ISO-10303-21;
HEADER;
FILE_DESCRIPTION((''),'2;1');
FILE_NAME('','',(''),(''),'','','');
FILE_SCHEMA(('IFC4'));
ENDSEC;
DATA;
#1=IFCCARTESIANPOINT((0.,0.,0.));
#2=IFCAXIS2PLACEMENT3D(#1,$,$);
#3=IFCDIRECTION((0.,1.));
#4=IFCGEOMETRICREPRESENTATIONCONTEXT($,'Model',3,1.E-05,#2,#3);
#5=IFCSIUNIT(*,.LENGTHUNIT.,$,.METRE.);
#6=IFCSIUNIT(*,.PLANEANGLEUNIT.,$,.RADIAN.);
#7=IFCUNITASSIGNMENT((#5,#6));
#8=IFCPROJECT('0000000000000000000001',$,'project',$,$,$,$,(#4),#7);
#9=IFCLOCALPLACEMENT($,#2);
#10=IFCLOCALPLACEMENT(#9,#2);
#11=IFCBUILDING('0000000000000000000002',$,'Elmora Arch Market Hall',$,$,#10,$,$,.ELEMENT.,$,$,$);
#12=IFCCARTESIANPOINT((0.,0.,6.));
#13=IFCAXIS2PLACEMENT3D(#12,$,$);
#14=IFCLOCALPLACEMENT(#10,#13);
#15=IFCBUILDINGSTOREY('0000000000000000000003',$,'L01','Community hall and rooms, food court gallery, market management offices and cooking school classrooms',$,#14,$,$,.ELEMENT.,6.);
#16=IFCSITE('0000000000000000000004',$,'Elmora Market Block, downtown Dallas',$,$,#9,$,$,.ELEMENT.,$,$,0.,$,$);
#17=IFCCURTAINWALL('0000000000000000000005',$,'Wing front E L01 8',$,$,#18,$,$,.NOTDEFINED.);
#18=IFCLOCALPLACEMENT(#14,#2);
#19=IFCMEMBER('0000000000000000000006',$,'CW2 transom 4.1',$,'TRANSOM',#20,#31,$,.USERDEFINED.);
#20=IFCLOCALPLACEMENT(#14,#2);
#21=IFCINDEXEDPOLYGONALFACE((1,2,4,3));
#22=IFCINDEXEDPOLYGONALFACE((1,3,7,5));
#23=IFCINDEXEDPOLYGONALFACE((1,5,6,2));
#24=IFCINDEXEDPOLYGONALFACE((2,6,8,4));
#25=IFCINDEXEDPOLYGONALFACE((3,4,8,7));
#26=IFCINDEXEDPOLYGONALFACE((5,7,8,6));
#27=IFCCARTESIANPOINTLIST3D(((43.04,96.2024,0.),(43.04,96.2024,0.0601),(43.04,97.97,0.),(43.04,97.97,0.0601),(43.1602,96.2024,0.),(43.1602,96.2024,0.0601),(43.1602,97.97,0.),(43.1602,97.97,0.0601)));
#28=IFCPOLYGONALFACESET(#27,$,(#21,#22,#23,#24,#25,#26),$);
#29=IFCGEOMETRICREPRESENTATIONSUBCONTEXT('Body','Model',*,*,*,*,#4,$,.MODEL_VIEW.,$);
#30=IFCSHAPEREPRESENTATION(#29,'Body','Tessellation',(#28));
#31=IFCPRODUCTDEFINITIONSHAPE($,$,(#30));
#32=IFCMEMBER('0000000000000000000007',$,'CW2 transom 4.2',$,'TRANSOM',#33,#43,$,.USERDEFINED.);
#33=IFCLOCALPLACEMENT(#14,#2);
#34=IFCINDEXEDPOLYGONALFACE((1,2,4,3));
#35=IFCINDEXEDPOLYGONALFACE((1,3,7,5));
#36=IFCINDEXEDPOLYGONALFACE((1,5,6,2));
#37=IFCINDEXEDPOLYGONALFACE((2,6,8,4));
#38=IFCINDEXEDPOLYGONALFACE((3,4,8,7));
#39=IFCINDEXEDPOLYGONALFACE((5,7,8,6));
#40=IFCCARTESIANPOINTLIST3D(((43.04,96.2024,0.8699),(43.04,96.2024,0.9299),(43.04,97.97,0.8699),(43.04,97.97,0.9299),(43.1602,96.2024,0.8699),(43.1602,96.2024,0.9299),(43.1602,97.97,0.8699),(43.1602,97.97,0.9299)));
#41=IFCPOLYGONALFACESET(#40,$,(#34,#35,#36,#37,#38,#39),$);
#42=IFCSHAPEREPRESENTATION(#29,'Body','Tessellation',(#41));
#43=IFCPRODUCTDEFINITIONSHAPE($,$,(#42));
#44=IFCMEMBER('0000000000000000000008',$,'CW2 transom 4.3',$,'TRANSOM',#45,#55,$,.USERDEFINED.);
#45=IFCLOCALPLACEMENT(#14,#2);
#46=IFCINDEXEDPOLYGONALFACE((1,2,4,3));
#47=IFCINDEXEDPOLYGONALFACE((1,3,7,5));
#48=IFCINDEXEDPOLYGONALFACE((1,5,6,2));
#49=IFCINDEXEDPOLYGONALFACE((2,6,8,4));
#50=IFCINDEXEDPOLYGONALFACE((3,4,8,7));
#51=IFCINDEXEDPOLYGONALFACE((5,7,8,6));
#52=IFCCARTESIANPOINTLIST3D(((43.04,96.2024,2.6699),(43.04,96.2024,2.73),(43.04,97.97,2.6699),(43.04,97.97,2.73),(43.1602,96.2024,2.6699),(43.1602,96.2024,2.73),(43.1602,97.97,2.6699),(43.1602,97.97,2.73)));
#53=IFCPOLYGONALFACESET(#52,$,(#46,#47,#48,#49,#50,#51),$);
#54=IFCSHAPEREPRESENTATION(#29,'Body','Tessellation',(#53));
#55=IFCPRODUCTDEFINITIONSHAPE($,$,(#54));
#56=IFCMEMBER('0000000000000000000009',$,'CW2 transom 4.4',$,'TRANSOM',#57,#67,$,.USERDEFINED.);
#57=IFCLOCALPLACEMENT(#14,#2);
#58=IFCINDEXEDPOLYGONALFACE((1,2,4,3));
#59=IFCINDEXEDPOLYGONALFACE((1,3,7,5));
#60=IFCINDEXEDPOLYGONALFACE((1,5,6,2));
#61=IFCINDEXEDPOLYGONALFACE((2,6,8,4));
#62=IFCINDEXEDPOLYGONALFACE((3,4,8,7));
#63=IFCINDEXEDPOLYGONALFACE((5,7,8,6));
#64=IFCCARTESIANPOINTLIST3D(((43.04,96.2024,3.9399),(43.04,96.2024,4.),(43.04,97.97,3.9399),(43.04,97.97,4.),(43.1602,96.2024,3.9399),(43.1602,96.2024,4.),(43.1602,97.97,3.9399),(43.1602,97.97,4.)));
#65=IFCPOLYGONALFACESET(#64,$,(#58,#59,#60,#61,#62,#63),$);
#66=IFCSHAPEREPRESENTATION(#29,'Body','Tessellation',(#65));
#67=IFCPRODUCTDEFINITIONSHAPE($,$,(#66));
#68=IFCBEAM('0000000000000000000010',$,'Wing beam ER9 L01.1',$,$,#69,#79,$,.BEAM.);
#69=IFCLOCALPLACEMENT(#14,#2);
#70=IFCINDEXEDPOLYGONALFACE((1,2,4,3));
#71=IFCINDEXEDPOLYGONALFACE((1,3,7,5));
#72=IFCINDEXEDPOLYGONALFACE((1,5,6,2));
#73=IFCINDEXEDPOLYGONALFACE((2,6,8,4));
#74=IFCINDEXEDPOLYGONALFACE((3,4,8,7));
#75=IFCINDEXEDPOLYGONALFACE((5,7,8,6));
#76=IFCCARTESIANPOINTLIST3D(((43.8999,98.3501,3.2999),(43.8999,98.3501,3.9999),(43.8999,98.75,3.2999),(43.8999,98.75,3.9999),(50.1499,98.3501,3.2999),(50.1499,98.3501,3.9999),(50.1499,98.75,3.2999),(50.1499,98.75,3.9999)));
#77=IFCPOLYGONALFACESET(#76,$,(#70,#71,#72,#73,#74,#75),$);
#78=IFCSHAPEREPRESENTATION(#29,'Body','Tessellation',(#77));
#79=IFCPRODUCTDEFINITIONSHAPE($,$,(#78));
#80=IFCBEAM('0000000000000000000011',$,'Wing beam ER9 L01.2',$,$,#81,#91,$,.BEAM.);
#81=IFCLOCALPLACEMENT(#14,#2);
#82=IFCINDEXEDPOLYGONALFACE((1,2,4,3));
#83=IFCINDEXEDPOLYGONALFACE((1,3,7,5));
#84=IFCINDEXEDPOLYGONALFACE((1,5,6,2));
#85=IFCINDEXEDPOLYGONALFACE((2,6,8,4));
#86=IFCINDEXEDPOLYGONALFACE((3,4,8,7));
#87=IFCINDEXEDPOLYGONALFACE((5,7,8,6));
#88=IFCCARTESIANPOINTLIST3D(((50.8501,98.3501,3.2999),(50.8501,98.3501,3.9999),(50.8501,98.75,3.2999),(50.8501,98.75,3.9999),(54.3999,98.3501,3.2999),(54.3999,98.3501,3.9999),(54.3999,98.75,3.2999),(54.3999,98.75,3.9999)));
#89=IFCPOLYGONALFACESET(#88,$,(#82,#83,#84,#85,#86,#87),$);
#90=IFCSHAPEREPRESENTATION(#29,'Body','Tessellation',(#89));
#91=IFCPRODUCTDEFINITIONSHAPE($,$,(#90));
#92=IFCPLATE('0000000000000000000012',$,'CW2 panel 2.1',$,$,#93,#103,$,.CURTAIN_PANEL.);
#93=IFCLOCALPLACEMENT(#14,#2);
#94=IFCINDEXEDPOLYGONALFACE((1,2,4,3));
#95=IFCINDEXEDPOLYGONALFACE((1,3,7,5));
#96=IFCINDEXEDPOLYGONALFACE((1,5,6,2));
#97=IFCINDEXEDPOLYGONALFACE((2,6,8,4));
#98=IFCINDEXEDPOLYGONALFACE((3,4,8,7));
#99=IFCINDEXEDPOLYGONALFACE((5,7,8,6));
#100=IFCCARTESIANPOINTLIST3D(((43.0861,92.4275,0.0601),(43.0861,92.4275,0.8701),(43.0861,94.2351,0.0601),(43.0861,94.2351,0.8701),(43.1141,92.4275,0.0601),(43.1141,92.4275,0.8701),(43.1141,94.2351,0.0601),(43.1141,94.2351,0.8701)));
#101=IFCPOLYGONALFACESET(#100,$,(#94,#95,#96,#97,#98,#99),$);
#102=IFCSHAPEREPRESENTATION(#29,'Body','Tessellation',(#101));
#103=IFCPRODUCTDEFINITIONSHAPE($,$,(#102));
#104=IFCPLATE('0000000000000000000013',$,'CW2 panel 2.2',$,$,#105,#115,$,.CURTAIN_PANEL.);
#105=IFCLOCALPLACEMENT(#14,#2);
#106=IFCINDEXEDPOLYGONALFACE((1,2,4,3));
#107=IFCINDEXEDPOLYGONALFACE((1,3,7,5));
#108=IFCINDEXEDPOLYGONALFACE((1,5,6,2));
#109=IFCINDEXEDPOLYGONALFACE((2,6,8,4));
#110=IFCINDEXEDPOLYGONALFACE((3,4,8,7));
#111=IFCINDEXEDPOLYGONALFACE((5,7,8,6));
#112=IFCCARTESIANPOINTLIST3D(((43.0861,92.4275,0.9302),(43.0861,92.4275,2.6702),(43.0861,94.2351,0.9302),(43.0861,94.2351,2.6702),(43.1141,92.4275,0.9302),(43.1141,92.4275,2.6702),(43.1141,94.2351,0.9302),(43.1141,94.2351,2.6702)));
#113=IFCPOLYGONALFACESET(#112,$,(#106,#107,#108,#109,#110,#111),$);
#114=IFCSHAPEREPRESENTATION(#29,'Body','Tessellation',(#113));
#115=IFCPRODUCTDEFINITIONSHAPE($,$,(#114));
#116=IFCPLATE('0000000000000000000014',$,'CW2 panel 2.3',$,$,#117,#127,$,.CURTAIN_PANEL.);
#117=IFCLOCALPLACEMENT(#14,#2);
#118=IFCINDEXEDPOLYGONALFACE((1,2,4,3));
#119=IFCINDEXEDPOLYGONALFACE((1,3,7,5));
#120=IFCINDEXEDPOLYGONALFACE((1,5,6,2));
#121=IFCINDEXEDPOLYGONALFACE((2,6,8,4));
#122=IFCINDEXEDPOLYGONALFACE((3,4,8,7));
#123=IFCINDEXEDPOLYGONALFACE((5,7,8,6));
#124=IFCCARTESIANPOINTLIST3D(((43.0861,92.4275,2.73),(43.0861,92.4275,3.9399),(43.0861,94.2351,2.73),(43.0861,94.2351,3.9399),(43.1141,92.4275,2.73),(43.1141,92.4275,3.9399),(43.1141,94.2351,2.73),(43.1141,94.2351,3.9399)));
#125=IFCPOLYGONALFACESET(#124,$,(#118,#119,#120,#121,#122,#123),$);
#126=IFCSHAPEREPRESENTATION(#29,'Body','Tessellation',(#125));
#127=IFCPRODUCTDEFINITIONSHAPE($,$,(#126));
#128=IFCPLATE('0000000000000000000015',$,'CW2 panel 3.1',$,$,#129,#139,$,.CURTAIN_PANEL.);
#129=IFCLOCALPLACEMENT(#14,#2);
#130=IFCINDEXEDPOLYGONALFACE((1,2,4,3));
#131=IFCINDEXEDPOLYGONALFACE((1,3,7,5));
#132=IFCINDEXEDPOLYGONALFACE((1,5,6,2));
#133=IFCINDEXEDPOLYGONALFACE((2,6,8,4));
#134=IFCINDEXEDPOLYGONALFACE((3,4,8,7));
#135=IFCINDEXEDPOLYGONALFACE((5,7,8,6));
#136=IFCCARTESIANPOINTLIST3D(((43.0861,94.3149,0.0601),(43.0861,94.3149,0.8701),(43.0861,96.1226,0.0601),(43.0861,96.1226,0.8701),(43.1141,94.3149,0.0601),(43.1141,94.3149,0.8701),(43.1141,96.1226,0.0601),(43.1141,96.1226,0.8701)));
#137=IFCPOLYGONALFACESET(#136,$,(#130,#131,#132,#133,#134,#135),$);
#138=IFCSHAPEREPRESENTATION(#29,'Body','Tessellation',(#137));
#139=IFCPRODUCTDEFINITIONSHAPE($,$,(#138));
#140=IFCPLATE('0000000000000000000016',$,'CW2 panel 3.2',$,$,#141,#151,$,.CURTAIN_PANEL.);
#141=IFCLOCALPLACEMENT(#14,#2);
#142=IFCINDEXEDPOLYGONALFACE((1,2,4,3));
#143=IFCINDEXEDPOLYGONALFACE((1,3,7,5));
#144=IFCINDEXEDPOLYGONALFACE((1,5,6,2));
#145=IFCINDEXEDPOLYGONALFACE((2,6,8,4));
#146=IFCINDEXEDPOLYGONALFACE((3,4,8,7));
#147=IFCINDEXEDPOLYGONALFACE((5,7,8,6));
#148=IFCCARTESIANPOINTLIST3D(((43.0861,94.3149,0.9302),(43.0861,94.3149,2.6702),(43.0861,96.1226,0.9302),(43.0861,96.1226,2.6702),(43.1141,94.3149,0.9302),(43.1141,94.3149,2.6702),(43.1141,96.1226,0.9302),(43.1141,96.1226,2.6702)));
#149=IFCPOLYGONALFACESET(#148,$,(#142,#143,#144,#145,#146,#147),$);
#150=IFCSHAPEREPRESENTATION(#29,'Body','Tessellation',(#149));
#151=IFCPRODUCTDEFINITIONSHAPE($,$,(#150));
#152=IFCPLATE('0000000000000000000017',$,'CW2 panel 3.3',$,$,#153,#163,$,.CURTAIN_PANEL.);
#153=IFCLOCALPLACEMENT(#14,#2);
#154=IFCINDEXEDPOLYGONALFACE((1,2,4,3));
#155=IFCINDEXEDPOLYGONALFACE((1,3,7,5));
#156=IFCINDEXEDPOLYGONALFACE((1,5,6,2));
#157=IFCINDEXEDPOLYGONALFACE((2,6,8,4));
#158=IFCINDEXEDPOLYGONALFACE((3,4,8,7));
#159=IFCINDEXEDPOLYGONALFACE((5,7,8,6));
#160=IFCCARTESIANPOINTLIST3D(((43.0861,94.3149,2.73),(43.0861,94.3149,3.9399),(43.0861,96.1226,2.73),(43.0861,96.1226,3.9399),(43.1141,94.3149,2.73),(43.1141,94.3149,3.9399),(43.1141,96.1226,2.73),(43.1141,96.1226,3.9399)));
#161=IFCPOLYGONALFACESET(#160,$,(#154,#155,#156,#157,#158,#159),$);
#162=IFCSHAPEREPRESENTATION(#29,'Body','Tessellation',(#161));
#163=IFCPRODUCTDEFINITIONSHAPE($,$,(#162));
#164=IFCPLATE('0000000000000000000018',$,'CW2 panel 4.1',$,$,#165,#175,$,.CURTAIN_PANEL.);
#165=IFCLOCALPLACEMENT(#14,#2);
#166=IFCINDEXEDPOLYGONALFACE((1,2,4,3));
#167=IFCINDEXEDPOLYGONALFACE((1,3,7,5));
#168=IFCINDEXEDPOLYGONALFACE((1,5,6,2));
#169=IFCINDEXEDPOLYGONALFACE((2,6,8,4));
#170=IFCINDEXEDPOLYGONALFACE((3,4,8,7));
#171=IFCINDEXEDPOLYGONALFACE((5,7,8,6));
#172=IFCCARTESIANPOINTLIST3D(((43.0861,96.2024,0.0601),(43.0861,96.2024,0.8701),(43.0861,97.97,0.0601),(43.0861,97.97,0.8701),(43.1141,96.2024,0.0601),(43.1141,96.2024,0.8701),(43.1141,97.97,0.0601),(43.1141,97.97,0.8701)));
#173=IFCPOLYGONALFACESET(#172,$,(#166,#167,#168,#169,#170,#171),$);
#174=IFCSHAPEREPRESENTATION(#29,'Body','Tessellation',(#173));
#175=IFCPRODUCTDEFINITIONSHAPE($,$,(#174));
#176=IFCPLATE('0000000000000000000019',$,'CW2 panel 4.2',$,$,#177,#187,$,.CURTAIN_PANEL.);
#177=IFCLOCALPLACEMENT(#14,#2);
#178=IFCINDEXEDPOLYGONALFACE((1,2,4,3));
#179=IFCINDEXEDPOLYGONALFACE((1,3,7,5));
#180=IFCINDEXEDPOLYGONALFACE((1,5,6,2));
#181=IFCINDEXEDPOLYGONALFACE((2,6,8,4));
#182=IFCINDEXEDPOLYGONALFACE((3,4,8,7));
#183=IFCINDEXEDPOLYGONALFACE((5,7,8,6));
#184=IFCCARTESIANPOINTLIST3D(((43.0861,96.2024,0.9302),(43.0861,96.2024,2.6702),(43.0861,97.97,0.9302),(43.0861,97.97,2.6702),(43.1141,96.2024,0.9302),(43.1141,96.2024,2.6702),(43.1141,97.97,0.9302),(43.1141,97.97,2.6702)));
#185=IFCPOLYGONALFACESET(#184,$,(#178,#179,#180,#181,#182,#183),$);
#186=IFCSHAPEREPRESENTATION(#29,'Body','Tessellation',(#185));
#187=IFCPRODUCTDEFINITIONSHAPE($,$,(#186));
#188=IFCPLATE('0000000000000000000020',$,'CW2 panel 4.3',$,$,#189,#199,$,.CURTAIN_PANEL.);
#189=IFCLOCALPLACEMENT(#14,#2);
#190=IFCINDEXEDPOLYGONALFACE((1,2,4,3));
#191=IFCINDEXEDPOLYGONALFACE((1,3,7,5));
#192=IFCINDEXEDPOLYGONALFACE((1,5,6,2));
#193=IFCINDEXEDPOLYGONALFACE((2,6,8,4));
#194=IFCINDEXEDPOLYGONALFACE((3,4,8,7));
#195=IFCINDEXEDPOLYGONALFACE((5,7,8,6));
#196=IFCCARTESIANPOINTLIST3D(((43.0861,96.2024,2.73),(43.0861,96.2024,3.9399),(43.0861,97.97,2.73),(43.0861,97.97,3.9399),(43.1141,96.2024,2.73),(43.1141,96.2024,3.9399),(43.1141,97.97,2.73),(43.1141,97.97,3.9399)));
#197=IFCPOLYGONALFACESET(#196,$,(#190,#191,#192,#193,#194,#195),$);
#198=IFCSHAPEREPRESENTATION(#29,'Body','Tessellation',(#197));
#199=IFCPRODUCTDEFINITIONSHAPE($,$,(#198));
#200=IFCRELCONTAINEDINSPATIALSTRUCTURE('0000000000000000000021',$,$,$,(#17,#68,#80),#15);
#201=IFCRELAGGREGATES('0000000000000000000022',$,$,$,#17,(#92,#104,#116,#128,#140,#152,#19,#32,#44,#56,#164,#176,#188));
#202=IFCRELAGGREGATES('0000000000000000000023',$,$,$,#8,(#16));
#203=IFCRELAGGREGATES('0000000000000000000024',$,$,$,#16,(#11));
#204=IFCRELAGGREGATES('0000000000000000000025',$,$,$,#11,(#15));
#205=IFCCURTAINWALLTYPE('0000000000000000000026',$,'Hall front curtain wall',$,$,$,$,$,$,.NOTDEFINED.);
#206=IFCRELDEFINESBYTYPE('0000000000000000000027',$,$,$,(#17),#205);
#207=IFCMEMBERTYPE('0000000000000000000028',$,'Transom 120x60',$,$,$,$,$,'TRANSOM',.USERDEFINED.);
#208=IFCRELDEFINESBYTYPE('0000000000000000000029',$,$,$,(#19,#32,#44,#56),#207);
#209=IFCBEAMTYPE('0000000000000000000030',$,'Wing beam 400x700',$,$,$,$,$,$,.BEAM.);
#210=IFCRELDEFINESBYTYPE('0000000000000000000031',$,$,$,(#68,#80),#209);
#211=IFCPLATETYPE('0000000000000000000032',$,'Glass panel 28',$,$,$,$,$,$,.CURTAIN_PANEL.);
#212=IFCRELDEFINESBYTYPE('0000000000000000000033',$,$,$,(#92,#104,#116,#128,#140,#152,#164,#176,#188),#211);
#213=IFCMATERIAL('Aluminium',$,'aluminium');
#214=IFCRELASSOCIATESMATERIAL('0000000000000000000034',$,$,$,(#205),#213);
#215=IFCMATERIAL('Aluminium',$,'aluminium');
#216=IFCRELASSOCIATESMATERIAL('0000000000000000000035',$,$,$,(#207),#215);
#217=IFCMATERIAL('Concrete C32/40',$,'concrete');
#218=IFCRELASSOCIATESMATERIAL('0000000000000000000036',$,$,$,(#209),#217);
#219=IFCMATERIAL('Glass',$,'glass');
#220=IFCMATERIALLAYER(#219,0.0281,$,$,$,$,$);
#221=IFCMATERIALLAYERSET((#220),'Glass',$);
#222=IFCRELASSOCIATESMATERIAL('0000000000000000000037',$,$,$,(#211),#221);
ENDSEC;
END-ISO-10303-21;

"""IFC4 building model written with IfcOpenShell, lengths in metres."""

from ifc_helpers import new_model, si_unit, direction, frame, origin, origin_2d, place, context, subcontext, project, spatial, rectangle, extrude, material, layer, layer_set, material_profile, profile_set, type_object, element, aggregate, save


model = new_model("IFC4")

# Units and contexts
model_context = context("Model", 3, precision=1e-05, world=origin(), true_north=direction((0.0, 1.0)))
body_context = subcontext(model_context, "Body", "Model", "MODEL_VIEW")
ifc_project = project(units=[si_unit("LENGTHUNIT", "METRE"), si_unit("PLANEANGLEUNIT", "RADIAN")], contexts=[model_context])

# Site, building, storey
site_placement = place(None, origin())
site = spatial("IfcSite", under=ifc_project, at=site_placement, Name="Elmora Market Block, downtown Dallas", CompositionType="ELEMENT", RefElevation=0.0)
building_placement = place(site_placement, origin())
building = spatial("IfcBuilding", under=site, at=building_placement, Name="Elmora Arch Market Hall", CompositionType="ELEMENT")
storey_placement = place(building_placement, frame((0.0, 0.0, 6.0)))
storey = spatial("IfcBuildingStorey", under=building, at=storey_placement, Name="L01", Description="Community hall and rooms, food court gallery, market management offices and cooking school classrooms", CompositionType="ELEMENT", Elevation=6.0)

# Curtain wall, members
ifc_material_1 = material(Name="Aluminium", Category="aluminium")
curtain_wall_type = type_object("IfcCurtainWallType", Name="Hall front curtain wall", PredefinedType="NOTDEFINED", material=ifc_material_1)
curtain_wall_placement = place(storey_placement, origin())
curtain_wall = element("IfcCurtainWall", 1, at=curtain_wall_placement, inside=storey, type_object=curtain_wall_type, Name="Wing front E L01 8", PredefinedType="NOTDEFINED")
ifc_material_2 = material(Name="Aluminium", Category="aluminium")
ifc_material_profile_1 = material_profile(ifc_material_2, rectangle(XDim=0.1201, YDim=0.0601, at=origin_2d()), Name="AL 120x60")
ifc_profile_set_1 = profile_set([ifc_material_profile_1], Name="Aluminium")
member_type_1 = type_object("IfcMemberType", Name="Transom 120x60", ElementType="TRANSOM", PredefinedType="USERDEFINED", material=ifc_profile_set_1)
member_1_placement = place(storey_placement, frame((43.1001, 96.2024, 0.03), z_axis=(0.0, 1.0, 0.0), x_axis=(-1.0, 0.0, 0.0)))
member_1 = element("IfcMember", 2, at=member_1_placement, type_object=member_type_1, Name="CW2 transom 4.1", ObjectType="TRANSOM", PredefinedType="USERDEFINED", context=body_context, shape_type="SweptSolid", body=[
    extrude(rectangle(XDim=0.1201, YDim=0.0601, at=origin_2d()), origin(), (0.0, 0.0, 1.0), 1.7676),
])
member_2_placement = place(storey_placement, frame((43.1001, 96.2024, 0.8999), z_axis=(0.0, 1.0, 0.0), x_axis=(-1.0, 0.0, 0.0)))
member_2 = element("IfcMember", 3, at=member_2_placement, type_object=member_type_1, Name="CW2 transom 4.2", ObjectType="TRANSOM", PredefinedType="USERDEFINED", context=body_context, shape_type="SweptSolid", body=[
    extrude(rectangle(XDim=0.1201, YDim=0.0601, at=origin_2d()), origin(), (0.0, 0.0, 1.0), 1.7676),
])
member_3_placement = place(storey_placement, frame((43.1001, 96.2024, 2.7), z_axis=(0.0, 1.0, 0.0), x_axis=(-1.0, 0.0, 0.0)))
member_3 = element("IfcMember", 4, at=member_3_placement, type_object=member_type_1, Name="CW2 transom 4.3", ObjectType="TRANSOM", PredefinedType="USERDEFINED", context=body_context, shape_type="SweptSolid", body=[
    extrude(rectangle(XDim=0.1201, YDim=0.0601, at=origin_2d()), origin(), (0.0, 0.0, 1.0), 1.7676),
])
member_4_placement = place(storey_placement, frame((43.1001, 96.2024, 3.97), z_axis=(0.0, 1.0, 0.0), x_axis=(-1.0, 0.0, 0.0)))
member_4 = element("IfcMember", 5, at=member_4_placement, type_object=member_type_1, Name="CW2 transom 4.4", ObjectType="TRANSOM", PredefinedType="USERDEFINED", context=body_context, shape_type="SweptSolid", body=[
    extrude(rectangle(XDim=0.1201, YDim=0.0601, at=origin_2d()), origin(), (0.0, 0.0, 1.0), 1.7676),
])

# Beams
ifc_material_3 = material(Name="Concrete C32/40", Category="concrete")
ifc_material_profile_2 = material_profile(ifc_material_3, rectangle(XDim=0.3999, YDim=0.7, at=origin_2d()), Name="Wing beam 400x700")
ifc_profile_set_2 = profile_set([ifc_material_profile_2], Name="Concrete C32/40")
beam_type = type_object("IfcBeamType", Name="Wing beam 400x700", PredefinedType="BEAM", material=ifc_profile_set_2)
beam_1_placement = place(storey_placement, frame((43.8999, 98.55, 3.6499), z_axis=(1.0, 0.0, 0.0), x_axis=(0.0, 1.0, 0.0)))
element("IfcBeam", 6, at=beam_1_placement, inside=storey, type_object=beam_type, Name="Wing beam ER9 L01.1", PredefinedType="BEAM", context=body_context, shape_type="SweptSolid", body=[
    extrude(rectangle(XDim=0.3999, YDim=0.7, at=origin_2d()), origin(), (0.0, 0.0, 1.0), 6.25),
])
beam_2_placement = place(storey_placement, frame((50.8501, 98.55, 3.6499), z_axis=(1.0, 0.0, 0.0), x_axis=(0.0, 1.0, 0.0)))
element("IfcBeam", 7, at=beam_2_placement, inside=storey, type_object=beam_type, Name="Wing beam ER9 L01.2", PredefinedType="BEAM", context=body_context, shape_type="SweptSolid", body=[
    extrude(rectangle(XDim=0.3999, YDim=0.7, at=origin_2d()), origin(), (0.0, 0.0, 1.0), 3.5498),
])

# Plates
ifc_material_4 = material(Name="Glass", Category="glass")
ifc_layer = layer(ifc_material_4, 0.0281)
ifc_layer_set = layer_set([ifc_layer], Name="Glass")
plate_type = type_object("IfcPlateType", Name="Glass panel 28", PredefinedType="CURTAIN_PANEL", material=ifc_layer_set)
plate_1_placement = place(storey_placement, frame((43.1001, 93.3313, 0.0601), z_axis=(0.0, 0.0, 1.0), x_axis=(0.0, 1.0, 0.0)))
plate_1 = element("IfcPlate", 8, at=plate_1_placement, type_object=plate_type, Name="CW2 panel 2.1", PredefinedType="CURTAIN_PANEL", context=body_context, shape_type="SweptSolid", body=[
    extrude(rectangle(XDim=1.8076, YDim=0.0281, at=origin_2d()), origin(), (0.0, 0.0, 1.0), 0.8101),
])
plate_2_placement = place(storey_placement, frame((43.1001, 93.3313, 0.9302), z_axis=(0.0, 0.0, 1.0), x_axis=(0.0, 1.0, 0.0)))
plate_2 = element("IfcPlate", 9, at=plate_2_placement, type_object=plate_type, Name="CW2 panel 2.2", PredefinedType="CURTAIN_PANEL", context=body_context, shape_type="SweptSolid", body=[
    extrude(rectangle(XDim=1.8076, YDim=0.0281, at=origin_2d()), origin(), (0.0, 0.0, 1.0), 1.74),
])
plate_3_placement = place(storey_placement, frame((43.1001, 93.3313, 2.73), z_axis=(0.0, 0.0, 1.0), x_axis=(0.0, 1.0, 0.0)))
plate_3 = element("IfcPlate", 10, at=plate_3_placement, type_object=plate_type, Name="CW2 panel 2.3", PredefinedType="CURTAIN_PANEL", context=body_context, shape_type="SweptSolid", body=[
    extrude(rectangle(XDim=1.8076, YDim=0.0281, at=origin_2d()), origin(), (0.0, 0.0, 1.0), 1.21),
])
plate_4_placement = place(storey_placement, frame((43.1001, 95.2188, 0.0601), z_axis=(0.0, 0.0, 1.0), x_axis=(0.0, 1.0, 0.0)))
plate_4 = element("IfcPlate", 11, at=plate_4_placement, type_object=plate_type, Name="CW2 panel 3.1", PredefinedType="CURTAIN_PANEL", context=body_context, shape_type="SweptSolid", body=[
    extrude(rectangle(XDim=1.8076, YDim=0.0281, at=origin_2d()), origin(), (0.0, 0.0, 1.0), 0.8101),
])
plate_5_placement = place(storey_placement, frame((43.1001, 95.2188, 0.9302), z_axis=(0.0, 0.0, 1.0), x_axis=(0.0, 1.0, 0.0)))
plate_5 = element("IfcPlate", 12, at=plate_5_placement, type_object=plate_type, Name="CW2 panel 3.2", PredefinedType="CURTAIN_PANEL", context=body_context, shape_type="SweptSolid", body=[
    extrude(rectangle(XDim=1.8076, YDim=0.0281, at=origin_2d()), origin(), (0.0, 0.0, 1.0), 1.74),
])
plate_6_placement = place(storey_placement, frame((43.1001, 95.2188, 2.73), z_axis=(0.0, 0.0, 1.0), x_axis=(0.0, 1.0, 0.0)))
plate_6 = element("IfcPlate", 13, at=plate_6_placement, type_object=plate_type, Name="CW2 panel 3.3", PredefinedType="CURTAIN_PANEL", context=body_context, shape_type="SweptSolid", body=[
    extrude(rectangle(XDim=1.8076, YDim=0.0281, at=origin_2d()), origin(), (0.0, 0.0, 1.0), 1.21),
])
plate_7_placement = place(storey_placement, frame((43.1001, 97.0862, 0.0601), z_axis=(0.0, 0.0, 1.0), x_axis=(0.0, 1.0, 0.0)))
plate_7 = element("IfcPlate", 14, at=plate_7_placement, type_object=plate_type, Name="CW2 panel 4.1", PredefinedType="CURTAIN_PANEL", context=body_context, shape_type="SweptSolid", body=[
    extrude(rectangle(XDim=1.7676, YDim=0.0281, at=origin_2d()), origin(), (0.0, 0.0, 1.0), 0.8101),
])
plate_8_placement = place(storey_placement, frame((43.1001, 97.0862, 0.9302), z_axis=(0.0, 0.0, 1.0), x_axis=(0.0, 1.0, 0.0)))
plate_8 = element("IfcPlate", 15, at=plate_8_placement, type_object=plate_type, Name="CW2 panel 4.2", PredefinedType="CURTAIN_PANEL", context=body_context, shape_type="SweptSolid", body=[
    extrude(rectangle(XDim=1.7676, YDim=0.0281, at=origin_2d()), origin(), (0.0, 0.0, 1.0), 1.74),
])
plate_9_placement = place(storey_placement, frame((43.1001, 97.0862, 2.73), z_axis=(0.0, 0.0, 1.0), x_axis=(0.0, 1.0, 0.0)))
plate_9 = element("IfcPlate", 16, at=plate_9_placement, type_object=plate_type, Name="CW2 panel 4.3", PredefinedType="CURTAIN_PANEL", context=body_context, shape_type="SweptSolid", body=[
    extrude(rectangle(XDim=1.7676, YDim=0.0281, at=origin_2d()), origin(), (0.0, 0.0, 1.0), 1.21),
])
aggregate(curtain_wall, [plate_1, plate_2, plate_3, plate_4, plate_5, plate_6, member_1, member_2, member_3, member_4, plate_7, plate_8, plate_9])

save(model, "model.ifc")
